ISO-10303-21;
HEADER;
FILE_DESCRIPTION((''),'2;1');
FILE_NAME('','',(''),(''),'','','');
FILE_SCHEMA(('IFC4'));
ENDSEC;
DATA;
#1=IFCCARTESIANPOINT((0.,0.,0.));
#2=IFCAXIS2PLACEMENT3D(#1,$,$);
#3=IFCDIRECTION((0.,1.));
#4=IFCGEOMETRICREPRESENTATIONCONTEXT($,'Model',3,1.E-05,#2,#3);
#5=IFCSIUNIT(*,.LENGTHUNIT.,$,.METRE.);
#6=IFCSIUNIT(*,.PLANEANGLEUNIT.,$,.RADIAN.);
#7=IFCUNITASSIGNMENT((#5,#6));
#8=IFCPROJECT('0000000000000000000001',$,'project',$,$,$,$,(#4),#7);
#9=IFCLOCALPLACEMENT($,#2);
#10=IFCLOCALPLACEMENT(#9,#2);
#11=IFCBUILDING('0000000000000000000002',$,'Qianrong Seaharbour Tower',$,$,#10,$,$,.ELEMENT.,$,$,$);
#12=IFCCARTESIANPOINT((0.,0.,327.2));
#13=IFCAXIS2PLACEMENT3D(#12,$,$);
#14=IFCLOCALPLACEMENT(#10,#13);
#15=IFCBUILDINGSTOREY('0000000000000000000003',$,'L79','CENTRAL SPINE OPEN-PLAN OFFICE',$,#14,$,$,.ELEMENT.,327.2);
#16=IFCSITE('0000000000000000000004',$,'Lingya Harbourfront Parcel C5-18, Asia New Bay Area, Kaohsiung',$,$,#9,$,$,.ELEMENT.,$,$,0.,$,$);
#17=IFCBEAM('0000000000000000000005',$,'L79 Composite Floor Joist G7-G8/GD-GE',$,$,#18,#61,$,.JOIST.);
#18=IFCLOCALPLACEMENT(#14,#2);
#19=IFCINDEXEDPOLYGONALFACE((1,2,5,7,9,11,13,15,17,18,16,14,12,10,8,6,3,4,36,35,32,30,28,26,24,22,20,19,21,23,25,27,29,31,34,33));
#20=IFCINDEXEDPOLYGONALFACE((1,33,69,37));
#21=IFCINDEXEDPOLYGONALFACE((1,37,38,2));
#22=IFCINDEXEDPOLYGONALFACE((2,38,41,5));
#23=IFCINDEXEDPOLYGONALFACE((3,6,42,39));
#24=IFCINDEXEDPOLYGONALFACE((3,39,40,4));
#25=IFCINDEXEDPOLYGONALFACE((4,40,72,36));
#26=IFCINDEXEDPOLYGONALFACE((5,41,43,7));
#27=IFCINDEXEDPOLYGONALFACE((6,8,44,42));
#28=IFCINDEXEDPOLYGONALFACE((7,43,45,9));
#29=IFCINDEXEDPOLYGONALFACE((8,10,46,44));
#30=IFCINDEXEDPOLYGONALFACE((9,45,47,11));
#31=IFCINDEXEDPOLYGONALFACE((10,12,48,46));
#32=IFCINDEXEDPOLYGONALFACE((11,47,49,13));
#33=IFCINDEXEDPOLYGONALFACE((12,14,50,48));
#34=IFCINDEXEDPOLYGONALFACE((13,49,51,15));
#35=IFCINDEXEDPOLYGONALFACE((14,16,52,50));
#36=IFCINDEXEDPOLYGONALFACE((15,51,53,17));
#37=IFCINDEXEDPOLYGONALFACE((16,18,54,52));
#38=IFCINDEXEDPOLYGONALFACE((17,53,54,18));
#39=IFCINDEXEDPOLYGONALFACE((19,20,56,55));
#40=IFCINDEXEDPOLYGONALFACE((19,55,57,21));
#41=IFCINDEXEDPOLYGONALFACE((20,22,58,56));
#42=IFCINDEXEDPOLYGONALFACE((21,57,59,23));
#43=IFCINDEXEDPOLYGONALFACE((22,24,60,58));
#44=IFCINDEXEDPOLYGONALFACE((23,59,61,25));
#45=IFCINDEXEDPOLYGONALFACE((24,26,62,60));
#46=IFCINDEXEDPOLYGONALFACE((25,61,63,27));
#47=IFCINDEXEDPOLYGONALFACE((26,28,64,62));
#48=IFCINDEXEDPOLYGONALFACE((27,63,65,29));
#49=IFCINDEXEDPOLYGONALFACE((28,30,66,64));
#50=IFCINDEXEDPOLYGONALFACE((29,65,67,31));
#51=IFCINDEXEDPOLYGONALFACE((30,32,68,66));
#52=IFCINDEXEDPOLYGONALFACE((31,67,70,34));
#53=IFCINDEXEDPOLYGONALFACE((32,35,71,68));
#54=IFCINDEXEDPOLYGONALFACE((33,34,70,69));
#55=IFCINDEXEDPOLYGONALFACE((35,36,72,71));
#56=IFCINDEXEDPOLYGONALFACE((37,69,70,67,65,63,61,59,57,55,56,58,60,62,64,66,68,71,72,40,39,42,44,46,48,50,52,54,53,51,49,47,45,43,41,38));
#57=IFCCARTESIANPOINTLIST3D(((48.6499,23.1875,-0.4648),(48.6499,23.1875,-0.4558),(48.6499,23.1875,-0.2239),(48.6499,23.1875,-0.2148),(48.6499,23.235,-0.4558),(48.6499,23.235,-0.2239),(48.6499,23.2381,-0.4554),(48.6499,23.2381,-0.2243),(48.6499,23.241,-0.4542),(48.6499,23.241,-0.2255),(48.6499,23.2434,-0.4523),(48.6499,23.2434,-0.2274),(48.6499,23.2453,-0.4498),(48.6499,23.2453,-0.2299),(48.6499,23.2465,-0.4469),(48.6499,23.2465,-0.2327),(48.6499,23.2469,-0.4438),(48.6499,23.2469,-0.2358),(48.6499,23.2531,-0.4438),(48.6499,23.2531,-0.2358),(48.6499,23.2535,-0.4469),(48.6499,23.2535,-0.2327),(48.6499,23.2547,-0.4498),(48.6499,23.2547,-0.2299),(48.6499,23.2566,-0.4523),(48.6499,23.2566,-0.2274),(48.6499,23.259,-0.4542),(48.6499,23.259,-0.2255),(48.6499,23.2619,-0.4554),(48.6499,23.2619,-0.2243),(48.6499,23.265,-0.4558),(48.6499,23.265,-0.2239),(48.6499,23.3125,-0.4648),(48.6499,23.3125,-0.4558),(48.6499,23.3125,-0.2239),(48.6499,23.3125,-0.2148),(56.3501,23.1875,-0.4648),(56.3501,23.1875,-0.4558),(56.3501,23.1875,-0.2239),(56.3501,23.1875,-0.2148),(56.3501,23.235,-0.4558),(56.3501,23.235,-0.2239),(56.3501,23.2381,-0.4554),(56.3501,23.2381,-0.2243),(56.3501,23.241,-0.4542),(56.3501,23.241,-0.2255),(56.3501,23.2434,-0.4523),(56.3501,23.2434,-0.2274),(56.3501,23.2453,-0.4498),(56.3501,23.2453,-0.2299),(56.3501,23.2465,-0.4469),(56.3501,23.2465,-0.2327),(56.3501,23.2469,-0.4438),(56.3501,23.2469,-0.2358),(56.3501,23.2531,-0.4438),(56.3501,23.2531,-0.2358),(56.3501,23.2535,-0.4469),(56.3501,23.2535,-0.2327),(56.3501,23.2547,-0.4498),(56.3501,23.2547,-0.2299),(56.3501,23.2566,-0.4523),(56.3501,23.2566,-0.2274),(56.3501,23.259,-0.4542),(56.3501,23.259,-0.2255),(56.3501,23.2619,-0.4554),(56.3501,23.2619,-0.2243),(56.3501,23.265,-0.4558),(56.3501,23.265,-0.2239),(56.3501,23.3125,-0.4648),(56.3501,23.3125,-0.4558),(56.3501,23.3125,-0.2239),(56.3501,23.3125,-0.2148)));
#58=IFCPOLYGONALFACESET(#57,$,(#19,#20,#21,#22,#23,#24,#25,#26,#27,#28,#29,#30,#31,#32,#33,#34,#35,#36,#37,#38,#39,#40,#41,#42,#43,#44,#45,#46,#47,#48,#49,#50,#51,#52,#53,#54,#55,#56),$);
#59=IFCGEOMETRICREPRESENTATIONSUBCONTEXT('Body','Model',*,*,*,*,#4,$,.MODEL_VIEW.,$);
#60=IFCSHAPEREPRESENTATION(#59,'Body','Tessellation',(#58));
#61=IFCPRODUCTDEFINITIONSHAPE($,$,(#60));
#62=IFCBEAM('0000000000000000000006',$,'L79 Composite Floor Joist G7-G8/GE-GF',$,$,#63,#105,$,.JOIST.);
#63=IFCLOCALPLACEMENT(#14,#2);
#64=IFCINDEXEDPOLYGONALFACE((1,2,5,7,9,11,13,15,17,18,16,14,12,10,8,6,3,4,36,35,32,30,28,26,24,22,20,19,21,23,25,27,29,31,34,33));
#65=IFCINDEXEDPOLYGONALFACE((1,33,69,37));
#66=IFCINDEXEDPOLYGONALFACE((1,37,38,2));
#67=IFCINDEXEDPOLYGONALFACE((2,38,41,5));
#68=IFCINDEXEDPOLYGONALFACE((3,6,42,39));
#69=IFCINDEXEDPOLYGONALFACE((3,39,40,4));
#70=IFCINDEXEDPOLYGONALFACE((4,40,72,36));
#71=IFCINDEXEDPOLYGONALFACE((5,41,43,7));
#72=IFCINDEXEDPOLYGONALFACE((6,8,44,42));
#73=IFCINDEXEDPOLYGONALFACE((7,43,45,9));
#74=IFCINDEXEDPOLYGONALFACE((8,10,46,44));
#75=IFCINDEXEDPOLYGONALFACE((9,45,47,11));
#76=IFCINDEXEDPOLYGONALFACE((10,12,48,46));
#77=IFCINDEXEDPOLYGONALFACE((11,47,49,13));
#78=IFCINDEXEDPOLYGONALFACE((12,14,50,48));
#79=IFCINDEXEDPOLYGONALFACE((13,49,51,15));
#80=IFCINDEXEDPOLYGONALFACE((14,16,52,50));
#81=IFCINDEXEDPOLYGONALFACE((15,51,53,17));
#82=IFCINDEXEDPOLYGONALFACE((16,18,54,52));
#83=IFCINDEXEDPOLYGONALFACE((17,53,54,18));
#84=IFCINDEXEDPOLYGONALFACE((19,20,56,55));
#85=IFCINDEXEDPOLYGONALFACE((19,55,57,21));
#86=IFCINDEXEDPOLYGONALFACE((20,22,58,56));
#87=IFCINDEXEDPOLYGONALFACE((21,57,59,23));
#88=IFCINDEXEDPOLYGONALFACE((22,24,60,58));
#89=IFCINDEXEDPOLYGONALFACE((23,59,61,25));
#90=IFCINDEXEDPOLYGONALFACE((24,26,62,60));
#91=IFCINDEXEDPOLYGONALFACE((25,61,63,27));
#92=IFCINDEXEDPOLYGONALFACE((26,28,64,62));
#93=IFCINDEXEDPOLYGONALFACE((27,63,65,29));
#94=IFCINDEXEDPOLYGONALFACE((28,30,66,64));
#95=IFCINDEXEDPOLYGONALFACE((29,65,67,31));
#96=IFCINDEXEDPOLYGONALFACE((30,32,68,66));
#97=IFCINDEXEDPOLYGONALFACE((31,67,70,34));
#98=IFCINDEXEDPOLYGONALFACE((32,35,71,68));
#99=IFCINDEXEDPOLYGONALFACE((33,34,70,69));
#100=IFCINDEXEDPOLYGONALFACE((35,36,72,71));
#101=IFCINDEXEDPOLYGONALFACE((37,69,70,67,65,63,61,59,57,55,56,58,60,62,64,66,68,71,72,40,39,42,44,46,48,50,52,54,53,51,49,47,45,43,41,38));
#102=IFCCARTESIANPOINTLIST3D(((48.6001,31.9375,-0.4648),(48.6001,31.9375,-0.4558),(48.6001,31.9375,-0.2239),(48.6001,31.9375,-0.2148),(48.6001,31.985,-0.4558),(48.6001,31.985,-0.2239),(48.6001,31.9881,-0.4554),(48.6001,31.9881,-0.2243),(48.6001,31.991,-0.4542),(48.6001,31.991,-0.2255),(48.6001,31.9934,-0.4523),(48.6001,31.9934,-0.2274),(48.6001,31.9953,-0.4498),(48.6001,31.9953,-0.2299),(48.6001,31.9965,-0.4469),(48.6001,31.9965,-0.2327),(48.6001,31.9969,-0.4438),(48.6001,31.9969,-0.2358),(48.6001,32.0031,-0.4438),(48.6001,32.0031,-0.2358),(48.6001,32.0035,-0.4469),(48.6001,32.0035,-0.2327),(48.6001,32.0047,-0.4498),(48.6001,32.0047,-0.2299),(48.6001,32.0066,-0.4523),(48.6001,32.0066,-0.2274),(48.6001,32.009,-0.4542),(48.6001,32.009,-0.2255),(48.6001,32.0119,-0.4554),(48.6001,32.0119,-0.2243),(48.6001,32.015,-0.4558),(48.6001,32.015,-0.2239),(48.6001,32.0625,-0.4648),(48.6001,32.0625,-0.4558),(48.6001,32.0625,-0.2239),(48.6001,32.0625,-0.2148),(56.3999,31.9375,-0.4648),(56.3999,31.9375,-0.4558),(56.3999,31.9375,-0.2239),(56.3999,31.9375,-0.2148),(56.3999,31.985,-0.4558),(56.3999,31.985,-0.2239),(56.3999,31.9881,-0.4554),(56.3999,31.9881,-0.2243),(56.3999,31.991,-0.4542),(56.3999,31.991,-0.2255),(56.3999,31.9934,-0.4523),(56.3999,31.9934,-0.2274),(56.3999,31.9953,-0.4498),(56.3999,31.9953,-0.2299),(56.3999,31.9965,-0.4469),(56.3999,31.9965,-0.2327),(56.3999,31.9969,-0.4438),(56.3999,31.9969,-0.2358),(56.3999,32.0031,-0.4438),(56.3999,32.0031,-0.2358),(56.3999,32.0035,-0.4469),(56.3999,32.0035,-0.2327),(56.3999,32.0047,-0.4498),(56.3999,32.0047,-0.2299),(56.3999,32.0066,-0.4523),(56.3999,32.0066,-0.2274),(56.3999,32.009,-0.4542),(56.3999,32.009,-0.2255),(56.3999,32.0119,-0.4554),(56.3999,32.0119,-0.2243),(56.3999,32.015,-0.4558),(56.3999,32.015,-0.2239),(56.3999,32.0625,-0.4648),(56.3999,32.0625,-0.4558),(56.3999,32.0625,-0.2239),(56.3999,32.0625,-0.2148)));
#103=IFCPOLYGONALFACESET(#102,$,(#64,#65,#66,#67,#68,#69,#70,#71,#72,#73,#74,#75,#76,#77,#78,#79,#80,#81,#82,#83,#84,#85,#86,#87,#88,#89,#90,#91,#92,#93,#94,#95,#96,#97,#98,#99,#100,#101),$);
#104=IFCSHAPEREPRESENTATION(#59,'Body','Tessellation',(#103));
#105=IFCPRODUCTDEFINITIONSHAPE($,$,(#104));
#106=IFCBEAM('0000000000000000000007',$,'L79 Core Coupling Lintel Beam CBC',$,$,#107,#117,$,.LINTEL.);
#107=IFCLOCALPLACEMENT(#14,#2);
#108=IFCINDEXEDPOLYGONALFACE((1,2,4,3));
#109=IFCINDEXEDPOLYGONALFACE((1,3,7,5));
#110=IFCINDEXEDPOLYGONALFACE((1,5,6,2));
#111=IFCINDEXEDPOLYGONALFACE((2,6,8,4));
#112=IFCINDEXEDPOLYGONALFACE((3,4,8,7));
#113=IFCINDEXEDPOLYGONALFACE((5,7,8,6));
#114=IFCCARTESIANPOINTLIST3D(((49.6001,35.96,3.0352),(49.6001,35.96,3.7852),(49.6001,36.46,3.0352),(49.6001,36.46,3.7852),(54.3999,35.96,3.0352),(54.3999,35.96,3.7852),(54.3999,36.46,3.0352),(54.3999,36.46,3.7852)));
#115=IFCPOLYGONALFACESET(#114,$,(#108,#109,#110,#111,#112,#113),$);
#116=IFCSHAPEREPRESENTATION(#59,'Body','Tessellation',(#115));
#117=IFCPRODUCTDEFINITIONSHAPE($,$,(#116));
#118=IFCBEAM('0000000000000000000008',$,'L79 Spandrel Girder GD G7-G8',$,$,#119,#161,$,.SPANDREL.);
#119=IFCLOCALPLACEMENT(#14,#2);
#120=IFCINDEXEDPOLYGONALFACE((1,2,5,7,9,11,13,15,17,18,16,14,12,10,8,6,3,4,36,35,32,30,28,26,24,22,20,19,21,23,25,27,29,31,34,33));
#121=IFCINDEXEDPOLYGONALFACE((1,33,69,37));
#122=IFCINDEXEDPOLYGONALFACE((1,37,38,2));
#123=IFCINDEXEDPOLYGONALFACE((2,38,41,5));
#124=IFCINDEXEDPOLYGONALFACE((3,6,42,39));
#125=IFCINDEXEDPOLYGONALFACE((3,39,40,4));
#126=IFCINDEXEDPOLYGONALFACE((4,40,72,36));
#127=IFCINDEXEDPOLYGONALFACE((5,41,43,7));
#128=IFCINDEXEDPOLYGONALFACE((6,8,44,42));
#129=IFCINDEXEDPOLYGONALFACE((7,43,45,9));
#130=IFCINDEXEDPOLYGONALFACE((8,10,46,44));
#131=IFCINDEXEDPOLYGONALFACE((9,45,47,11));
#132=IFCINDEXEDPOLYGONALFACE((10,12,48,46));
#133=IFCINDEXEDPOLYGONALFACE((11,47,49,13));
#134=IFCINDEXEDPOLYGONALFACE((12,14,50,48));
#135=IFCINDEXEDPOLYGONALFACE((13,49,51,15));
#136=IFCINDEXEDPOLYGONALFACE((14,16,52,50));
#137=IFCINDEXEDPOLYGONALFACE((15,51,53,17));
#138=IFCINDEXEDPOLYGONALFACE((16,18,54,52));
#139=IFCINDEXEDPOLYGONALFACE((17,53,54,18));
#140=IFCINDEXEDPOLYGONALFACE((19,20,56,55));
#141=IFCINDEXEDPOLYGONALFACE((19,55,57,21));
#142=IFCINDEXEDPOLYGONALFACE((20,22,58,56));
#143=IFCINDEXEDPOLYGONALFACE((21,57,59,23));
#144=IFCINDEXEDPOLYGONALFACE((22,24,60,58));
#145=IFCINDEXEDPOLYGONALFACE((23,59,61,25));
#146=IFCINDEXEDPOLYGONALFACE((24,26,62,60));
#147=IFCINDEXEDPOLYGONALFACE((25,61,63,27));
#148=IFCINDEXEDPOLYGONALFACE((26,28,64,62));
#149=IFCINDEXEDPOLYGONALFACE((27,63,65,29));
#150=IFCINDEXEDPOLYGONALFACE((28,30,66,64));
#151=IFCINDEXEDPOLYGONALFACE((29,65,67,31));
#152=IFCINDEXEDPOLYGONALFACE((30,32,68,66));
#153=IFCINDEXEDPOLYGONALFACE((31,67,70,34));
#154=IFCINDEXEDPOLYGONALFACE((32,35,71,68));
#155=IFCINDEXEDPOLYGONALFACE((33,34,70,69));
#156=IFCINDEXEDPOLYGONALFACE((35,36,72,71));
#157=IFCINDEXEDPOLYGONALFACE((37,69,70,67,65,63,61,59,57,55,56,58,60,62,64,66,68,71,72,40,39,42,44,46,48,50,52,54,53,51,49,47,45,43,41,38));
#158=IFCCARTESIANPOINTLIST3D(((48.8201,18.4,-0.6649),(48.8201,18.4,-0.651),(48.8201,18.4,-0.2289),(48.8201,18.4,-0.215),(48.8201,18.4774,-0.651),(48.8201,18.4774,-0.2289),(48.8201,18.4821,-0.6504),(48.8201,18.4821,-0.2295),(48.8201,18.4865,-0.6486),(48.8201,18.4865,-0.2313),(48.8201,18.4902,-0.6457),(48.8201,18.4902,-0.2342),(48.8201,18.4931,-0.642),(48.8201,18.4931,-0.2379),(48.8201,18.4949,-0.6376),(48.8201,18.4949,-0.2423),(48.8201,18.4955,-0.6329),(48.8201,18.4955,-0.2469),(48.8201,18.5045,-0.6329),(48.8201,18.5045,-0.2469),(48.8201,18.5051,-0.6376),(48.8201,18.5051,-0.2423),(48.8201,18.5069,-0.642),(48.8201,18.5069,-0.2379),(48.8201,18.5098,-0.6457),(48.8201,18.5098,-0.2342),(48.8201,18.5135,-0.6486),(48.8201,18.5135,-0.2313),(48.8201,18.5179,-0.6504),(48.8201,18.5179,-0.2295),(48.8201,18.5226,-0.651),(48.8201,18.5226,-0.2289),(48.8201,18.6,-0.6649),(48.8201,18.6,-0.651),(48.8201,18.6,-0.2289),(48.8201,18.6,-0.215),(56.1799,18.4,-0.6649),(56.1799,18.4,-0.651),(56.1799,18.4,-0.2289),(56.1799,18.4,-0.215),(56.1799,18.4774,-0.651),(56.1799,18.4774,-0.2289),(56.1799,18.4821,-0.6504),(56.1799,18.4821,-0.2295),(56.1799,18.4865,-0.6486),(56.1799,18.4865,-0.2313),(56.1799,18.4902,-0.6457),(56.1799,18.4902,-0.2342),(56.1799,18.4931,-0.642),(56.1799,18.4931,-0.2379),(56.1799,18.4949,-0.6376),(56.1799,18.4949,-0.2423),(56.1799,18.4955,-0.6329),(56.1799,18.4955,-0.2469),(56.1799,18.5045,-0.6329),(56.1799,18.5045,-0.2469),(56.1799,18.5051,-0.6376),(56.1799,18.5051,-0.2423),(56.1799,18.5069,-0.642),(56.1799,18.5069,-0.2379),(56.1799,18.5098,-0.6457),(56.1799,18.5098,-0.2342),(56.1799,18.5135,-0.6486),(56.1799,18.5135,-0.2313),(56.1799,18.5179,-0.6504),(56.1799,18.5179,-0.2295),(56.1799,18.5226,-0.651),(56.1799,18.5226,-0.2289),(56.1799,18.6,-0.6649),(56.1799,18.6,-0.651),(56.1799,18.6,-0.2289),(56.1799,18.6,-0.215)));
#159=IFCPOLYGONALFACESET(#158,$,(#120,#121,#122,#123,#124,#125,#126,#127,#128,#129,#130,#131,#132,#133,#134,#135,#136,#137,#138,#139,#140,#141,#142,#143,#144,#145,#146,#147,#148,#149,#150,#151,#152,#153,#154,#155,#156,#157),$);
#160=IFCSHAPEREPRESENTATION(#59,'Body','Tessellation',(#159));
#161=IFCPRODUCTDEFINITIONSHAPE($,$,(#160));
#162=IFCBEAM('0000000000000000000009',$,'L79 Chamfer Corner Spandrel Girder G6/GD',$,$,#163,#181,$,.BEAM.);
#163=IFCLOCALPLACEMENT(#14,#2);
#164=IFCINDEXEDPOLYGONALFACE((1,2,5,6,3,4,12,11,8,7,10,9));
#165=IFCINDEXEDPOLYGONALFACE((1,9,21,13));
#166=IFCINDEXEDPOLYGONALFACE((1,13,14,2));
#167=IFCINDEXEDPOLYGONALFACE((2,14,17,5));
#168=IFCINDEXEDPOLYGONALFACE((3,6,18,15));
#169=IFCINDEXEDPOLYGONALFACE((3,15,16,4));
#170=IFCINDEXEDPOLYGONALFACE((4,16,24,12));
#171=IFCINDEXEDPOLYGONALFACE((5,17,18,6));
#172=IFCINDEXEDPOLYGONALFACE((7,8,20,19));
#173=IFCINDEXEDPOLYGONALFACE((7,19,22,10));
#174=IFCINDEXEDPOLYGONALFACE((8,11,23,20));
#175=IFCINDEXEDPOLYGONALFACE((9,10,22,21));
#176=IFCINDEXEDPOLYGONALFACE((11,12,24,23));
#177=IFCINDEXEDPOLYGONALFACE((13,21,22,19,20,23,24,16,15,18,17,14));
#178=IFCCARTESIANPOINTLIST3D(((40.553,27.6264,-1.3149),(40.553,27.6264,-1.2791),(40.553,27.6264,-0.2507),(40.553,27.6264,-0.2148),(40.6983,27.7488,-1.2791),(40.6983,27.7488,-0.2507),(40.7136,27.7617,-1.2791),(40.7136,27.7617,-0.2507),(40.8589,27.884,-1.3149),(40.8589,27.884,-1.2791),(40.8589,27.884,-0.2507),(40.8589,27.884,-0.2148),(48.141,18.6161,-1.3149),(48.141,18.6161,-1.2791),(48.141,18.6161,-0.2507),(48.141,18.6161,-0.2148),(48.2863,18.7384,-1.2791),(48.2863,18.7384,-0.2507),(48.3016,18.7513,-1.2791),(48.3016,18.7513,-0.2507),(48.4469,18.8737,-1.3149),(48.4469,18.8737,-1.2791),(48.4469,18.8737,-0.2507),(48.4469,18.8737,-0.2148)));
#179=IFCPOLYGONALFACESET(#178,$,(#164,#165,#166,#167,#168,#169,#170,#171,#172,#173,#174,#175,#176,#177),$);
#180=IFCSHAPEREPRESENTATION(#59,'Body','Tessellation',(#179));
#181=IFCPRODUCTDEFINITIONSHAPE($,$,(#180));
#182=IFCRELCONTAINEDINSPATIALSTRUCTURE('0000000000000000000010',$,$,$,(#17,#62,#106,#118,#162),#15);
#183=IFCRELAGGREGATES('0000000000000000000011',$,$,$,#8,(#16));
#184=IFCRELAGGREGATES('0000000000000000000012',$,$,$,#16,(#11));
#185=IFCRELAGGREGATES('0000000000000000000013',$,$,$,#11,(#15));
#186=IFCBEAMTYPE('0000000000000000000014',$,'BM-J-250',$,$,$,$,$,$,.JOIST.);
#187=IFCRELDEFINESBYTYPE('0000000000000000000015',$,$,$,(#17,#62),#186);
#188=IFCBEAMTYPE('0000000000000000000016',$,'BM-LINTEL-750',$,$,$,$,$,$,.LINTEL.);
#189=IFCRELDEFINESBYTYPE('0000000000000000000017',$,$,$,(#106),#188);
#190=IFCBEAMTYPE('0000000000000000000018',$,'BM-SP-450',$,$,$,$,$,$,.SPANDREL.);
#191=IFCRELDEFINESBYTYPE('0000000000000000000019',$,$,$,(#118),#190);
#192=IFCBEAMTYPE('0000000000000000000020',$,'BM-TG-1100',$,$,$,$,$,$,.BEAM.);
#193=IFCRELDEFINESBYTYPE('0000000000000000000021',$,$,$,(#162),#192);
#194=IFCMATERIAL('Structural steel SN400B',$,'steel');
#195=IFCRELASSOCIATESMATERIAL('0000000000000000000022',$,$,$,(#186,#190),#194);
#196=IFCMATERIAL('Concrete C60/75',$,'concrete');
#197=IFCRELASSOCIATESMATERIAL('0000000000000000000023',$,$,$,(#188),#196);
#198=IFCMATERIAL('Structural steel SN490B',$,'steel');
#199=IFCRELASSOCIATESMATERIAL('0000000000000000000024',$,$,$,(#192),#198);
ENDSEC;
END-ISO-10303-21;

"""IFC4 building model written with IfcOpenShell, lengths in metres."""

from ifc_helpers import new_model, si_unit, direction, frame, origin, origin_2d, place, context, subcontext, project, spatial, rectangle, i_section, extrude, material, material_profile, profile_set, type_object, element, save


model = new_model("IFC4")

# Units and contexts
model_context = context("Model", 3, precision=1e-05, world=origin(), true_north=direction((0.0, 1.0)))
body_context = subcontext(model_context, "Body", "Model", "MODEL_VIEW")
ifc_project = project(units=[si_unit("LENGTHUNIT", "METRE"), si_unit("PLANEANGLEUNIT", "RADIAN")], contexts=[model_context])

# Site, building, storey
site_placement = place(None, origin())
site = spatial("IfcSite", under=ifc_project, at=site_placement, Name="Lingya Harbourfront Parcel C5-18, Asia New Bay Area, Kaohsiung", CompositionType="ELEMENT", RefElevation=0.0)
building_placement = place(site_placement, origin())
building = spatial("IfcBuilding", under=site, at=building_placement, Name="Qianrong Seaharbour Tower", CompositionType="ELEMENT")
storey_placement = place(building_placement, frame((0.0, 0.0, 327.2)))
storey = spatial("IfcBuildingStorey", under=building, at=storey_placement, Name="L79", Description="CENTRAL SPINE OPEN-PLAN OFFICE", CompositionType="ELEMENT", Elevation=327.2)

# Shared definitions
ifc_material_1 = material(Name="Structural steel SN400B", Category="steel")

# Beams
ifc_material_2 = material(Name="Structural steel SN490B", Category="steel")
ifc_material_profile_1 = material_profile(ifc_material_1, i_section(OverallWidth=0.125, OverallDepth=0.25, WebThickness=0.0061, FlangeThickness=0.009, FilletRadius=0.012, at=origin_2d()), Name="H250x125x6x9")
ifc_profile_set_1 = profile_set([ifc_material_profile_1], Name="Structural steel SN400B")
beam_type_1 = type_object("IfcBeamType", Name="BM-J-250", PredefinedType="JOIST", material=ifc_profile_set_1)
beam_1_placement = place(storey_placement, frame((48.6499, 23.25, -0.3398), z_axis=(1.0, 0.0, 0.0), x_axis=(0.0, 1.0, 0.0)))
element("IfcBeam", 1, at=beam_1_placement, inside=storey, type_object=beam_type_1, Name="L79 Composite Floor Joist G7-G8/GD-GE", PredefinedType="JOIST", context=body_context, shape_type="SweptSolid", body=[
    extrude(i_section(OverallWidth=0.125, OverallDepth=0.25, WebThickness=0.0061, FlangeThickness=0.009, FilletRadius=0.012, at=origin_2d()), origin(), (0.0, 0.0, 1.0), 7.7002),
])
beam_2_placement = place(storey_placement, frame((48.6001, 32.0, -0.3398), z_axis=(1.0, 0.0, 0.0), x_axis=(0.0, 1.0, 0.0)))
element("IfcBeam", 2, at=beam_2_placement, inside=storey, type_object=beam_type_1, Name="L79 Composite Floor Joist G7-G8/GE-GF", PredefinedType="JOIST", context=body_context, shape_type="SweptSolid", body=[
    extrude(i_section(OverallWidth=0.125, OverallDepth=0.25, WebThickness=0.0061, FlangeThickness=0.009, FilletRadius=0.012, at=origin_2d()), origin(), (0.0, 0.0, 1.0), 7.7998),
])
ifc_material_3 = material(Name="Concrete C60/75", Category="concrete")
ifc_material_profile_2 = material_profile(ifc_material_3, rectangle(XDim=0.5, YDim=0.75, at=origin_2d()), Name="RC500x750")
ifc_profile_set_2 = profile_set([ifc_material_profile_2], Name="Concrete C60/75")
beam_type_2 = type_object("IfcBeamType", Name="BM-LINTEL-750", PredefinedType="LINTEL", material=ifc_profile_set_2)
beam_3_placement = place(storey_placement, frame((49.6001, 36.21, 3.4102), z_axis=(1.0, 0.0, 0.0), x_axis=(0.0, 1.0, 0.0)))
element("IfcBeam", 3, at=beam_3_placement, inside=storey, type_object=beam_type_2, Name="L79 Core Coupling Lintel Beam CBC", PredefinedType="LINTEL", context=body_context, shape_type="SweptSolid", body=[
    extrude(rectangle(XDim=0.5, YDim=0.75, at=origin_2d()), origin(), (0.0, 0.0, 1.0), 4.7998),
])
ifc_material_profile_3 = material_profile(ifc_material_1, i_section(OverallWidth=0.2, OverallDepth=0.45, WebThickness=0.009, FlangeThickness=0.0139, FilletRadius=0.0181, at=origin_2d()), Name="H450x200x9x14")
ifc_profile_set_3 = profile_set([ifc_material_profile_3], Name="Structural steel SN400B")
beam_type_3 = type_object("IfcBeamType", Name="BM-SP-450", PredefinedType="SPANDREL", material=ifc_profile_set_3)
beam_4_placement = place(storey_placement, frame((48.8201, 18.5, -0.4399), z_axis=(1.0, 0.0, 0.0), x_axis=(0.0, 1.0, 0.0)))
element("IfcBeam", 4, at=beam_4_placement, inside=storey, type_object=beam_type_3, Name="L79 Spandrel Girder GD G7-G8", PredefinedType="SPANDREL", context=body_context, shape_type="SweptSolid", body=[
    extrude(i_section(OverallWidth=0.2, OverallDepth=0.45, WebThickness=0.009, FlangeThickness=0.0139, FilletRadius=0.0181, at=origin_2d()), origin(), (0.0, 0.0, 1.0), 7.3599),
])
ifc_material_profile_4 = material_profile(ifc_material_2, i_section(OverallWidth=0.3999, OverallDepth=1.1001, WebThickness=0.02, FlangeThickness=0.0359, at=origin_2d()), Name="BH1100x400x20x36")
ifc_profile_set_4 = profile_set([ifc_material_profile_4], Name="Structural steel SN490B")
beam_type_4 = type_object("IfcBeamType", Name="BM-TG-1100", PredefinedType="BEAM", material=ifc_profile_set_4)
beam_5_placement = place(storey_placement, frame((48.2939, 18.7449, -0.7649), z_axis=(-0.644151, 0.764898, 0.0), x_axis=(-0.764898, -0.644151, 0.0)))
element("IfcBeam", 5, at=beam_5_placement, inside=storey, type_object=beam_type_4, Name="L79 Chamfer Corner Spandrel Girder G6/GD", PredefinedType="BEAM", context=body_context, shape_type="SweptSolid", body=[
    extrude(i_section(OverallWidth=0.3999, OverallDepth=1.1001, WebThickness=0.02, FlangeThickness=0.0359, at=origin_2d()), origin(), (0.0, 0.0, 1.0), 11.7798),
])

save(model, "model.ifc")
